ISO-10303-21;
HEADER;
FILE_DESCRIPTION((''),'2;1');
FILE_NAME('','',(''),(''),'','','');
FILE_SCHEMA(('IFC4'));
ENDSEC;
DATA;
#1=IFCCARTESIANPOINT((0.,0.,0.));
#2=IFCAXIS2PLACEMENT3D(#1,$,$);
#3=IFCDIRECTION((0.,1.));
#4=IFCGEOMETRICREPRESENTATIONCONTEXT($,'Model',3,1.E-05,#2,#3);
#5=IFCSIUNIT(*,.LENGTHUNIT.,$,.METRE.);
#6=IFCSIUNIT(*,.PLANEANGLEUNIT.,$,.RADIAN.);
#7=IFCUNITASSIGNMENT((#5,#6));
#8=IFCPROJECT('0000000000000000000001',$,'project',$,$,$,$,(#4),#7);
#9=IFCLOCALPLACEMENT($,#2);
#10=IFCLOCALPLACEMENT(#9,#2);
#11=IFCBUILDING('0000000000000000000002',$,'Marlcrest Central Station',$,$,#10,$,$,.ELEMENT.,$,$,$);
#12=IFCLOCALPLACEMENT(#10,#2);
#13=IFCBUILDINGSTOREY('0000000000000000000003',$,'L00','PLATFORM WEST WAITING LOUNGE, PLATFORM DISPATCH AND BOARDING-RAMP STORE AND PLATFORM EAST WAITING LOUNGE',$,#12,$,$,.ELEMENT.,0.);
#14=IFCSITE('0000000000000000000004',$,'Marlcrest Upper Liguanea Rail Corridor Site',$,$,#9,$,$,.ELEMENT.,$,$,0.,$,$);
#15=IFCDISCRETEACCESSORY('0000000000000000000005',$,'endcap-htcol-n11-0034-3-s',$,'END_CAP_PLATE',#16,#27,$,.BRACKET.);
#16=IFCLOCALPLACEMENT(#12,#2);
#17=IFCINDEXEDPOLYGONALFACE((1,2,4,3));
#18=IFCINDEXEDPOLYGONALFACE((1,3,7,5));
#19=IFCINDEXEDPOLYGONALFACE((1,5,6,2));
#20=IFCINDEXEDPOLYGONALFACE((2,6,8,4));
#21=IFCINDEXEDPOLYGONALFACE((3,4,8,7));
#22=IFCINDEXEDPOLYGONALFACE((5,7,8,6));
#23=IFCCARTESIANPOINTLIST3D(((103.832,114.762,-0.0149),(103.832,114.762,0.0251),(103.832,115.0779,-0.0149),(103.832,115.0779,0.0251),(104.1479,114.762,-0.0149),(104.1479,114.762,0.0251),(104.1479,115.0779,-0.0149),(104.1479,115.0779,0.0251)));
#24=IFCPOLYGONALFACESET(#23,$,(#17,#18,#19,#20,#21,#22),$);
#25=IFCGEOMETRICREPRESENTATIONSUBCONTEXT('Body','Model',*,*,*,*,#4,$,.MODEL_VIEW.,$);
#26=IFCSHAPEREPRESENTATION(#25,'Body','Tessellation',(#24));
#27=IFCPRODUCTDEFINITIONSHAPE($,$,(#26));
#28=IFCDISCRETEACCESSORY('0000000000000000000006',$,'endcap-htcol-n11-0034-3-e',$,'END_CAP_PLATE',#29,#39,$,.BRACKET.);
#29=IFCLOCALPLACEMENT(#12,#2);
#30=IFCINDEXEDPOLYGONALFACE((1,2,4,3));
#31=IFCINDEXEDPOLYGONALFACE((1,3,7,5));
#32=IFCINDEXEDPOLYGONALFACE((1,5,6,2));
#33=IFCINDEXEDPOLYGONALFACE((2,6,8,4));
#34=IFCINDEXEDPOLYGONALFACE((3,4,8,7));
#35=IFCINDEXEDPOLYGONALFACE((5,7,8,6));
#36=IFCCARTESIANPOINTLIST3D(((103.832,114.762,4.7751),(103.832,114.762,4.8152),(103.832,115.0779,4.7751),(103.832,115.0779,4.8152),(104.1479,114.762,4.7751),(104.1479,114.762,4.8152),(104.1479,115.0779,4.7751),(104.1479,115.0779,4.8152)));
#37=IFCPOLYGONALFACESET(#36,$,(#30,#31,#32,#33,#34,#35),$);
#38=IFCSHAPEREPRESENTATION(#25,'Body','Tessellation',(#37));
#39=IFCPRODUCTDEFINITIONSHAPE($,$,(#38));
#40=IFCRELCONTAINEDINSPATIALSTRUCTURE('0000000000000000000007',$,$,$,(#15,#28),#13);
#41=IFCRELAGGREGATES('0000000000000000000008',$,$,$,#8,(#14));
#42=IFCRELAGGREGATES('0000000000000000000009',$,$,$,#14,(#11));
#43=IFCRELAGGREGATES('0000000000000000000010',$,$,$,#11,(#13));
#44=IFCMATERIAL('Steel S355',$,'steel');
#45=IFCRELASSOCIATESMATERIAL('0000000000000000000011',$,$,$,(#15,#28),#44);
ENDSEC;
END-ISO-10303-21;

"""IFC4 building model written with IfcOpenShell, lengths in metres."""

from ifc_helpers import new_model, si_unit, direction, frame, origin, origin_2d, place, context, subcontext, project, spatial, rectangle, extrude, material, element, save


model = new_model("IFC4")

# Units and contexts
model_context = context("Model", 3, precision=1e-05, world=origin(), true_north=direction((0.0, 1.0)))
body_context = subcontext(model_context, "Body", "Model", "MODEL_VIEW")
ifc_project = project(units=[si_unit("LENGTHUNIT", "METRE"), si_unit("PLANEANGLEUNIT", "RADIAN")], contexts=[model_context])

# Site, building, storey
site_placement = place(None, origin())
site = spatial("IfcSite", under=ifc_project, at=site_placement, Name="Marlcrest Upper Liguanea Rail Corridor Site", CompositionType="ELEMENT", RefElevation=0.0)
building_placement = place(site_placement, origin())
building = spatial("IfcBuilding", under=site, at=building_placement, Name="Marlcrest Central Station", CompositionType="ELEMENT")
storey_placement = place(building_placement, origin())
storey = spatial("IfcBuildingStorey", under=building, at=storey_placement, Name="L00", Description="PLATFORM WEST WAITING LOUNGE, PLATFORM DISPATCH AND BOARDING-RAMP STORE AND PLATFORM EAST WAITING LOUNGE", CompositionType="ELEMENT", Elevation=0.0)

# Shared definitions
ifc_material_1 = material(Name="Steel S355", Category="steel")

# Discrete accessories
for number, where, z_axis, x_axis, name in (
    (1, (103.99, 114.9199, -0.0149), (0.0, 0.0, 1.0), (1.0, 0.0, 0.0), "endcap-htcol-n11-0034-3-s"),
    (2, (103.99, 114.9199, 4.7751), (0.0, 0.0, 1.0), (1.0, 0.0, 0.0), "endcap-htcol-n11-0034-3-e"),
):
    element("IfcDiscreteAccessory", number, at=place(storey_placement, frame(where, z_axis=z_axis, x_axis=x_axis)), inside=storey, material=ifc_material_1, Name=name, ObjectType="END_CAP_PLATE", PredefinedType="BRACKET", context=body_context, shape_type="SweptSolid", body=[
        extrude(rectangle(XDim=0.3159, YDim=0.3159, at=origin_2d()), origin(), (0.0, 0.0, 1.0), 0.04),
    ])

save(model, "model.ifc")
